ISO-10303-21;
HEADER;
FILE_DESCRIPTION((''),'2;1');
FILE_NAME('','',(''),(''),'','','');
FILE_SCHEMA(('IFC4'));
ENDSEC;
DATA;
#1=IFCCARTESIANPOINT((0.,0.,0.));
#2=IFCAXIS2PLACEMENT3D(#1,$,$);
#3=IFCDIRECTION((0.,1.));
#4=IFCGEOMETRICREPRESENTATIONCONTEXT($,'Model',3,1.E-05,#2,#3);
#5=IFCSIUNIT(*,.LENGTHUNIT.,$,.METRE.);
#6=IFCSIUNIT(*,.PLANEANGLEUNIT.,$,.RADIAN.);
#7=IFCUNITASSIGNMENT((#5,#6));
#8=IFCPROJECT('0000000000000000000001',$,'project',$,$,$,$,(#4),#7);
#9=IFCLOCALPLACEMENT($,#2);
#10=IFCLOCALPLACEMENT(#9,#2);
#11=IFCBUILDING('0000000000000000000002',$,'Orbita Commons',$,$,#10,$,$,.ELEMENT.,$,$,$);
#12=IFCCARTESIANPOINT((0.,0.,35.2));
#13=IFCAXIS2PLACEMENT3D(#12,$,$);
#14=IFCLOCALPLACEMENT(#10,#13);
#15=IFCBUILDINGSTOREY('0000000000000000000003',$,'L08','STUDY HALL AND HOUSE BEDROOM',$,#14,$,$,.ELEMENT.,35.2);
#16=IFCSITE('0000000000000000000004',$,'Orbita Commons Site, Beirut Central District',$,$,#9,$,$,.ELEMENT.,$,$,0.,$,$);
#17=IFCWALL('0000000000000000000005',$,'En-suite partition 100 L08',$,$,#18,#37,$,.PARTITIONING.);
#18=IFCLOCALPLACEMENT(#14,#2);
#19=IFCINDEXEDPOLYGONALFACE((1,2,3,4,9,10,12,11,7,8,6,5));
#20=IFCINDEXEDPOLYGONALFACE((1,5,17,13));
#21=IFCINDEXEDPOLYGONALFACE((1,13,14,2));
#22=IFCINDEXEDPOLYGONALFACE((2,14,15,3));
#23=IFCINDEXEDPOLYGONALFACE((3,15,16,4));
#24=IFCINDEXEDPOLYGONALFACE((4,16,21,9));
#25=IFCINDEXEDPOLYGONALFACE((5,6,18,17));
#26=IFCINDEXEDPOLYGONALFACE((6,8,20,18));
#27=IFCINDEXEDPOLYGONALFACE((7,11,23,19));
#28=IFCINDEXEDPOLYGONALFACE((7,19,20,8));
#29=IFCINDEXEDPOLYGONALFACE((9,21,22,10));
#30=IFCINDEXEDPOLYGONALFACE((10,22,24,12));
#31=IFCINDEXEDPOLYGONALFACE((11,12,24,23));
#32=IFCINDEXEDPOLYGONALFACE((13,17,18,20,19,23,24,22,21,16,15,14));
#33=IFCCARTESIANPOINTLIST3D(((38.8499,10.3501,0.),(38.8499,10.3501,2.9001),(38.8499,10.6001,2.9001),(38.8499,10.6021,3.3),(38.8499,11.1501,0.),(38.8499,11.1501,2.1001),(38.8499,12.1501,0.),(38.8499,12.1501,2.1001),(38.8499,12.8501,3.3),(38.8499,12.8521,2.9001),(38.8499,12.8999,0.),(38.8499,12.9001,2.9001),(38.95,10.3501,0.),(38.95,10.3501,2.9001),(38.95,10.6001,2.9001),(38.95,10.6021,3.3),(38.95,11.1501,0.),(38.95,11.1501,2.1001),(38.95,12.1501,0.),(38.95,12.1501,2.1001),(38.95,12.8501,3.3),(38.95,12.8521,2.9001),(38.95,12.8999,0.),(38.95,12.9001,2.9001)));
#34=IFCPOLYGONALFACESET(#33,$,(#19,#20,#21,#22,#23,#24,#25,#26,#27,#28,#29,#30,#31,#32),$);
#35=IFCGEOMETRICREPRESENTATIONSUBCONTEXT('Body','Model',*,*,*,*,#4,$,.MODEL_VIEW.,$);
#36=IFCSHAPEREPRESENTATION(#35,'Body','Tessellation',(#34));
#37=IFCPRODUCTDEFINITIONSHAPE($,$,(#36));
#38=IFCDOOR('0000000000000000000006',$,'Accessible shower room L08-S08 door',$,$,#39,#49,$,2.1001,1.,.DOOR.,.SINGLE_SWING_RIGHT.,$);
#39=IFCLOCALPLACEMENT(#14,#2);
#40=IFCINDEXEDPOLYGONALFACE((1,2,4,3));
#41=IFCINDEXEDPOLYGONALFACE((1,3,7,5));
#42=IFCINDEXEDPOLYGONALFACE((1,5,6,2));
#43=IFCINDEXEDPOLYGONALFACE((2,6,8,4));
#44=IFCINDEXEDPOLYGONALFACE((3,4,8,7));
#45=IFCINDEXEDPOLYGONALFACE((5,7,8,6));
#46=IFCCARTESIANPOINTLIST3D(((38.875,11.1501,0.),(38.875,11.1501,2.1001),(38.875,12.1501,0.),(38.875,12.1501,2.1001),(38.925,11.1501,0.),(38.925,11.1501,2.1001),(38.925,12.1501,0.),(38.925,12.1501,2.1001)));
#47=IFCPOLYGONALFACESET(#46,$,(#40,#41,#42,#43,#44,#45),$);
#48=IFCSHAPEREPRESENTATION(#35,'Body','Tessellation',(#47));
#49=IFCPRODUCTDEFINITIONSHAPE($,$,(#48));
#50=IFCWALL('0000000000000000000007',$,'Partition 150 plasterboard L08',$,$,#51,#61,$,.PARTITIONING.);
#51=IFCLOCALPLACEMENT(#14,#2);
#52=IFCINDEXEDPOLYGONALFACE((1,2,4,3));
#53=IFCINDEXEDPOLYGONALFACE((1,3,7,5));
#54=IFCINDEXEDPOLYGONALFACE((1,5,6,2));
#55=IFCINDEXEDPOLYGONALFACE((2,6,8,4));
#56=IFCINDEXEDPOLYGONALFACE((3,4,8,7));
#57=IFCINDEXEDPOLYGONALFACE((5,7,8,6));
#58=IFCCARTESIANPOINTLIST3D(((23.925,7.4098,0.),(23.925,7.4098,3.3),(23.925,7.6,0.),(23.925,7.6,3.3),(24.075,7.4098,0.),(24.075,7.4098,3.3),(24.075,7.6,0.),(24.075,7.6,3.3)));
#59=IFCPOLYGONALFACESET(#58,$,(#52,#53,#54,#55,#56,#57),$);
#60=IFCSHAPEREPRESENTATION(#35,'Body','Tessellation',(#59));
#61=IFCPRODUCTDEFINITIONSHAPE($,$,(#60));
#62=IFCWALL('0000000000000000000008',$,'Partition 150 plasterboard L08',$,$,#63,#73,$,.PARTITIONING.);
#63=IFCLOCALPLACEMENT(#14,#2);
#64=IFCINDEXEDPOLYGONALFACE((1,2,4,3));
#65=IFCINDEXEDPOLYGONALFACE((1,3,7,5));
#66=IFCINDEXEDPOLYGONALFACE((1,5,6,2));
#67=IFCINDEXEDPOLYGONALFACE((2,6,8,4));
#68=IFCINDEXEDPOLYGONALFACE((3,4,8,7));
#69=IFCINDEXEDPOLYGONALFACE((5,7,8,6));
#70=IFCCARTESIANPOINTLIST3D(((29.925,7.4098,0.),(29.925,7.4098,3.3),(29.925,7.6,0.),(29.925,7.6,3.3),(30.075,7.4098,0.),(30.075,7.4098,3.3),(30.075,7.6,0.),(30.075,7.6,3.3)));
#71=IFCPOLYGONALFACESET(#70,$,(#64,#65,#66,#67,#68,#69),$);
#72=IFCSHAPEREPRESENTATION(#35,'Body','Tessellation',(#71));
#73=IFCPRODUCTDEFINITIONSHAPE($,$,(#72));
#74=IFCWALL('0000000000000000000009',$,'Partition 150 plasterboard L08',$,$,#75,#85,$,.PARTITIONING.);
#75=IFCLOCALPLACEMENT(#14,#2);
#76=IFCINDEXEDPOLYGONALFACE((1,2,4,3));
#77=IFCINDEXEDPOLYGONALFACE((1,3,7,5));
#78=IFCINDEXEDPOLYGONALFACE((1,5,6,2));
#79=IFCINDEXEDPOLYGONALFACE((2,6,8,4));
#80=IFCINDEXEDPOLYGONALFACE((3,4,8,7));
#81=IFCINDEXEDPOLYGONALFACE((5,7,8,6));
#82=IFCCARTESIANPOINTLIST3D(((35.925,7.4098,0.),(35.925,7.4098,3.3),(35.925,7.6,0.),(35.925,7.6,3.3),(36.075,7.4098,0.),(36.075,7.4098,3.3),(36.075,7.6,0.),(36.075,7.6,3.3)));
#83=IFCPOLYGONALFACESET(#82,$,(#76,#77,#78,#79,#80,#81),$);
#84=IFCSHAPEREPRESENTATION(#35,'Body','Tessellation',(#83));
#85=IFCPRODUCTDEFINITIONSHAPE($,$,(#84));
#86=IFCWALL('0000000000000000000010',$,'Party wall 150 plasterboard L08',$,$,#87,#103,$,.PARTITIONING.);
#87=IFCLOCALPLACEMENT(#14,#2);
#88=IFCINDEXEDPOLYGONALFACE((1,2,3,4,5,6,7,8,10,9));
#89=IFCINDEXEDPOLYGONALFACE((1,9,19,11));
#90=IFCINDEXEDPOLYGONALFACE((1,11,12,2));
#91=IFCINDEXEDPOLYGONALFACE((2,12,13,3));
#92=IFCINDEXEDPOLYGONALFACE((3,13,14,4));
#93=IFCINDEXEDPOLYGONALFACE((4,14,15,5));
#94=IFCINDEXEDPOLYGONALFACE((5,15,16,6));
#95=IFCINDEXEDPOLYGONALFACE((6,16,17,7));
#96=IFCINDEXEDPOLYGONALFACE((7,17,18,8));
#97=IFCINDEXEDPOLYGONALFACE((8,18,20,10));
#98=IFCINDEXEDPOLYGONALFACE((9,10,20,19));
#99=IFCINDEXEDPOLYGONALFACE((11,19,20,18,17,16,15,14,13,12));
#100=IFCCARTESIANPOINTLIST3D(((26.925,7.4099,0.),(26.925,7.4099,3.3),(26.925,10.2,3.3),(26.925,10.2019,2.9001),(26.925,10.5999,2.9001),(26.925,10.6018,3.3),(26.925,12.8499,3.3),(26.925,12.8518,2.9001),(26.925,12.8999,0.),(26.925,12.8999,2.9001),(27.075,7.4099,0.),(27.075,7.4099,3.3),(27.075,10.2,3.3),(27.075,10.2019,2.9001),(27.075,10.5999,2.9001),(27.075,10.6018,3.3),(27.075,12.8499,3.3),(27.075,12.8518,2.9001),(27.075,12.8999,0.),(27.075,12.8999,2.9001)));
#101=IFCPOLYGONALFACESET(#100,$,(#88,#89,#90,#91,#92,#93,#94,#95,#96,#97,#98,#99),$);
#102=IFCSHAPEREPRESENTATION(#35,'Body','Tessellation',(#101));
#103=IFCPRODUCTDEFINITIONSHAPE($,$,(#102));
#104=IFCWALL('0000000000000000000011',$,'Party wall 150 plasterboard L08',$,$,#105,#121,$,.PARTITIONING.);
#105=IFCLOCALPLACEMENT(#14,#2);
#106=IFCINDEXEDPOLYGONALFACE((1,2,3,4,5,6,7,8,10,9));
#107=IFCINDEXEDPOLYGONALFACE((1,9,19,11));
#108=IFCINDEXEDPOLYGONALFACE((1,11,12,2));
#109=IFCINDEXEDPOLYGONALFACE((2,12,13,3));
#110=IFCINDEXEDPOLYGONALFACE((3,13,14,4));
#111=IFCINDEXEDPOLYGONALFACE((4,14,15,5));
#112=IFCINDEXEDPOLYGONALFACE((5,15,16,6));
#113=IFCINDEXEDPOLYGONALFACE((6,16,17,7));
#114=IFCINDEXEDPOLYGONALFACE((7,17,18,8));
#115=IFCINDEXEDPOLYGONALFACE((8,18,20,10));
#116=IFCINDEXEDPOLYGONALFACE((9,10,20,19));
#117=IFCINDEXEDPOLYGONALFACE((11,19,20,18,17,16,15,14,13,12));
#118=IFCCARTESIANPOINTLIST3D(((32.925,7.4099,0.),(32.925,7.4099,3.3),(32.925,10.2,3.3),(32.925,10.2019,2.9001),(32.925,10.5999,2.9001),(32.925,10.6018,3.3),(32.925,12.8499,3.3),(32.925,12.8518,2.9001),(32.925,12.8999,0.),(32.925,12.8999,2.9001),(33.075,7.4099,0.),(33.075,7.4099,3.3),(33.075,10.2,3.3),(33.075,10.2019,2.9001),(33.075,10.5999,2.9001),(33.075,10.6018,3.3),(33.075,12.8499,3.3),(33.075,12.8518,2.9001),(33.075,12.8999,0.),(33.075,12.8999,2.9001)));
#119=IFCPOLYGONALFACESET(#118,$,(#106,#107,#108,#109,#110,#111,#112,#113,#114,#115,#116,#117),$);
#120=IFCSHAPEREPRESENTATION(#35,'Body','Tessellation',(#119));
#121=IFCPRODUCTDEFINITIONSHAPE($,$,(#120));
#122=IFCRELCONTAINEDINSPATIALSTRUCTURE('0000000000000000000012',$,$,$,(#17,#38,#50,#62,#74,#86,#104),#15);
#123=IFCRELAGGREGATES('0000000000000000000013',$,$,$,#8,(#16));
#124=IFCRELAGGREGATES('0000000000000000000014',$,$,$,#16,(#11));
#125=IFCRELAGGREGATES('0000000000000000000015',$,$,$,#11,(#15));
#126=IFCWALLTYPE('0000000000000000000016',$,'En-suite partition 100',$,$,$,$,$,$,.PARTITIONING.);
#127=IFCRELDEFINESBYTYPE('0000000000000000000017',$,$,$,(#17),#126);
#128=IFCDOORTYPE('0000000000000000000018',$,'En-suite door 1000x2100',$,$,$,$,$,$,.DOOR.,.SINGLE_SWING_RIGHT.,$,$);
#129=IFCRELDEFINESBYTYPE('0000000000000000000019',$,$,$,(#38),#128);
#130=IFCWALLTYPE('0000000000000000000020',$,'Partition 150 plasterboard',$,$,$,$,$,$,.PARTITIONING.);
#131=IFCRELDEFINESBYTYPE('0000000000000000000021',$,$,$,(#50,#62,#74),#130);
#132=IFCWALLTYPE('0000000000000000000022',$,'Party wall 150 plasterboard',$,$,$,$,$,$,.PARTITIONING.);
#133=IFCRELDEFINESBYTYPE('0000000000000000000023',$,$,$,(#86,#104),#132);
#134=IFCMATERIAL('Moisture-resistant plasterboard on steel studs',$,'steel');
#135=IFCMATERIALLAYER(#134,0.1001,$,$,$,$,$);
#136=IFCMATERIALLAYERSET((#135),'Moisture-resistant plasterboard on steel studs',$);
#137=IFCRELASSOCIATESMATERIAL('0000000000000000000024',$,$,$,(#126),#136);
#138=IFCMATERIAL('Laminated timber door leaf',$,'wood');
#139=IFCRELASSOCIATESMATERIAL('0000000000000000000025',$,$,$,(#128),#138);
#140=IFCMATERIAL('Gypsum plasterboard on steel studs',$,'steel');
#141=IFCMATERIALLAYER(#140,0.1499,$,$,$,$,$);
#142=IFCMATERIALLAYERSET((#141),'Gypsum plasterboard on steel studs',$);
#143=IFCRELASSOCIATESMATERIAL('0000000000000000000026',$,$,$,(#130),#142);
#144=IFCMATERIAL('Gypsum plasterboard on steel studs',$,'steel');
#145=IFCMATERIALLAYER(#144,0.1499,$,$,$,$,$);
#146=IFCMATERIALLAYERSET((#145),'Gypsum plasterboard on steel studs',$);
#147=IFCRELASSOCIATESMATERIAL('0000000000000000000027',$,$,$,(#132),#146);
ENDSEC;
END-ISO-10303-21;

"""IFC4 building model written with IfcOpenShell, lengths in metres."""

from ifc_helpers import new_model, si_unit, direction, frame, frame_2d, origin, place, context, subcontext, project, spatial, polyline, rectangle, outline, extrude, material, layer, layer_set, type_object, element, fill, save


model = new_model("IFC4")

# Units and contexts
model_context = context("Model", 3, precision=1e-05, world=origin(), true_north=direction((0.0, 1.0)))
body_context = subcontext(model_context, "Body", "Model", "MODEL_VIEW")
ifc_project = project(units=[si_unit("LENGTHUNIT", "METRE"), si_unit("PLANEANGLEUNIT", "RADIAN")], contexts=[model_context])

# Site, building, storey
site_placement = place(None, origin())
site = spatial("IfcSite", under=ifc_project, at=site_placement, Name="Orbita Commons Site, Beirut Central District", CompositionType="ELEMENT", RefElevation=0.0)
building_placement = place(site_placement, origin())
building = spatial("IfcBuilding", under=site, at=building_placement, Name="Orbita Commons", CompositionType="ELEMENT")
storey_placement = place(building_placement, frame((0.0, 0.0, 35.2)))
storey = spatial("IfcBuildingStorey", under=building, at=storey_placement, Name="L08", Description="STUDY HALL AND HOUSE BEDROOM", CompositionType="ELEMENT", Elevation=35.2)

# Shared definitions
ifc_material_1 = material(Name="Moisture-resistant plasterboard on steel studs", Category="steel")
ifc_layer_1 = layer(ifc_material_1, 0.1001)
ifc_layer_set_1 = layer_set([ifc_layer_1], Name="Moisture-resistant plasterboard on steel studs")
wall_type_1 = type_object("IfcWallType", Name="En-suite partition 100", PredefinedType="PARTITIONING", material=ifc_layer_set_1)

# Wall, opening, door
wall_1_placement = place(storey_placement, frame((38.8999, 10.3501, 0.0), z_axis=(0.0, 0.0, 1.0), x_axis=(0.0, 1.0, 0.0)))
wall_1 = element("IfcWall", 1, at=wall_1_placement, inside=storey, type_object=wall_type_1, Name="En-suite partition 100 L08", PredefinedType="PARTITIONING", context=body_context, shape_type="SweptSolid", body=[
    extrude(outline(polyline([(0.0, 0.0), (2.5498, 0.0), (2.55, 2.9001), (2.502, 2.9001), (2.5, 3.3), (0.252, 3.3), (0.25, 2.9001), (0.0, 2.9001), (0.0, 0.0)])), frame((0.0, 0.05, 0.0), z_axis=(0.0, -1.0, 0.0), x_axis=(1.0, 0.0, 0.0)), (0.0, 0.0, 1.0), 0.1001),
])
opening_placement = place(wall_1_placement, frame((0.8, 0.0, 0.0)))
opening = element("IfcOpeningElement", 2, at=opening_placement, cuts=wall_1, PredefinedType="OPENING", context=body_context, shape_type="SweptSolid", body=[
    extrude(rectangle(XDim=1.0, YDim=2.1001, at=frame_2d((0.5, 1.05))), frame((0.0, 0.0601, 0.0), z_axis=(0.0, -1.0, 0.0), x_axis=(1.0, 0.0, 0.0)), (0.0, 0.0, 1.0), 0.1201),
])
ifc_material_2 = material(Name="Laminated timber door leaf", Category="wood")
door_type = type_object("IfcDoorType", Name="En-suite door 1000x2100", OperationType="SINGLE_SWING_RIGHT", PredefinedType="DOOR", material=ifc_material_2)
door_placement = place(opening_placement, origin())
door = element("IfcDoor", 3, at=door_placement, inside=storey, type_object=door_type, Name="Accessible shower room L08-S08 door", OperationType="SINGLE_SWING_RIGHT", OverallHeight=2.1001, OverallWidth=1.0, PredefinedType="DOOR", context=body_context, shape_type="SweptSolid", body=[
    extrude(rectangle(XDim=1.0, YDim=2.1001, at=frame_2d((0.5, 1.05))), frame((0.0, 0.0249, 0.0), z_axis=(0.0, -1.0, 0.0), x_axis=(1.0, 0.0, 0.0)), (0.0, 0.0, 1.0), 0.05),
])
fill(opening, door)

# Walls
ifc_material_3 = material(Name="Gypsum plasterboard on steel studs", Category="steel")
ifc_layer_2 = layer(ifc_material_3, 0.1499)
ifc_layer_set_2 = layer_set([ifc_layer_2], Name="Gypsum plasterboard on steel studs")
wall_type_2 = type_object("IfcWallType", Name="Partition 150 plasterboard", PredefinedType="PARTITIONING", material=ifc_layer_set_2)
for number, where, z_axis, x_axis, name in (
    (4, (24.0, 7.6001, 0.0), (0.0, 0.0, 1.0), (0.0, -1.0, 0.0), "Partition 150 plasterboard L08"),
    (5, (30.0, 7.6001, 0.0), (0.0, 0.0, 1.0), (0.0, -1.0, 0.0), "Partition 150 plasterboard L08"),
    (6, (36.0, 7.6001, 0.0), (0.0, 0.0, 1.0), (0.0, -1.0, 0.0), "Partition 150 plasterboard L08"),
):
    element("IfcWall", number, at=place(storey_placement, frame(where, z_axis=z_axis, x_axis=x_axis)), inside=storey, type_object=wall_type_2, Name=name, PredefinedType="PARTITIONING", context=body_context, shape_type="SweptSolid", body=[
        extrude(rectangle(XDim=0.1902, YDim=0.1499, at=frame_2d((0.0952, 0.0))), origin(), (0.0, 0.0, 1.0), 3.3),
    ])
ifc_material_4 = material(Name="Gypsum plasterboard on steel studs", Category="steel")
ifc_layer_3 = layer(ifc_material_4, 0.1499)
ifc_layer_set_3 = layer_set([ifc_layer_3], Name="Gypsum plasterboard on steel studs")
wall_type_3 = type_object("IfcWallType", Name="Party wall 150 plasterboard", PredefinedType="PARTITIONING", material=ifc_layer_set_3)
for number, where, z_axis, x_axis, name in (
    (7, (27.0, 7.4099, 0.0), (0.0, 0.0, 1.0), (0.0, 1.0, 0.0), "Party wall 150 plasterboard L08"),
    (8, (33.0, 7.4099, 0.0), (0.0, 0.0, 1.0), (0.0, 1.0, 0.0), "Party wall 150 plasterboard L08"),
):
    element("IfcWall", number, at=place(storey_placement, frame(where, z_axis=z_axis, x_axis=x_axis)), inside=storey, type_object=wall_type_3, Name=name, PredefinedType="PARTITIONING", context=body_context, shape_type="SweptSolid", body=[
        extrude(outline(polyline([(0.0, 0.0), (5.49, 0.0), (5.49, 2.9001), (5.4419, 2.9001), (5.4399, 3.3), (3.1919, 3.3), (3.1899, 2.9001), (2.792, 2.9001), (2.79, 3.3), (0.0, 3.3), (0.0, 0.0)])), frame((0.0, 0.075, 0.0), z_axis=(0.0, -1.0, 0.0), x_axis=(1.0, 0.0, 0.0)), (0.0, 0.0, 1.0), 0.1499),
    ])

save(model, "model.ifc")
